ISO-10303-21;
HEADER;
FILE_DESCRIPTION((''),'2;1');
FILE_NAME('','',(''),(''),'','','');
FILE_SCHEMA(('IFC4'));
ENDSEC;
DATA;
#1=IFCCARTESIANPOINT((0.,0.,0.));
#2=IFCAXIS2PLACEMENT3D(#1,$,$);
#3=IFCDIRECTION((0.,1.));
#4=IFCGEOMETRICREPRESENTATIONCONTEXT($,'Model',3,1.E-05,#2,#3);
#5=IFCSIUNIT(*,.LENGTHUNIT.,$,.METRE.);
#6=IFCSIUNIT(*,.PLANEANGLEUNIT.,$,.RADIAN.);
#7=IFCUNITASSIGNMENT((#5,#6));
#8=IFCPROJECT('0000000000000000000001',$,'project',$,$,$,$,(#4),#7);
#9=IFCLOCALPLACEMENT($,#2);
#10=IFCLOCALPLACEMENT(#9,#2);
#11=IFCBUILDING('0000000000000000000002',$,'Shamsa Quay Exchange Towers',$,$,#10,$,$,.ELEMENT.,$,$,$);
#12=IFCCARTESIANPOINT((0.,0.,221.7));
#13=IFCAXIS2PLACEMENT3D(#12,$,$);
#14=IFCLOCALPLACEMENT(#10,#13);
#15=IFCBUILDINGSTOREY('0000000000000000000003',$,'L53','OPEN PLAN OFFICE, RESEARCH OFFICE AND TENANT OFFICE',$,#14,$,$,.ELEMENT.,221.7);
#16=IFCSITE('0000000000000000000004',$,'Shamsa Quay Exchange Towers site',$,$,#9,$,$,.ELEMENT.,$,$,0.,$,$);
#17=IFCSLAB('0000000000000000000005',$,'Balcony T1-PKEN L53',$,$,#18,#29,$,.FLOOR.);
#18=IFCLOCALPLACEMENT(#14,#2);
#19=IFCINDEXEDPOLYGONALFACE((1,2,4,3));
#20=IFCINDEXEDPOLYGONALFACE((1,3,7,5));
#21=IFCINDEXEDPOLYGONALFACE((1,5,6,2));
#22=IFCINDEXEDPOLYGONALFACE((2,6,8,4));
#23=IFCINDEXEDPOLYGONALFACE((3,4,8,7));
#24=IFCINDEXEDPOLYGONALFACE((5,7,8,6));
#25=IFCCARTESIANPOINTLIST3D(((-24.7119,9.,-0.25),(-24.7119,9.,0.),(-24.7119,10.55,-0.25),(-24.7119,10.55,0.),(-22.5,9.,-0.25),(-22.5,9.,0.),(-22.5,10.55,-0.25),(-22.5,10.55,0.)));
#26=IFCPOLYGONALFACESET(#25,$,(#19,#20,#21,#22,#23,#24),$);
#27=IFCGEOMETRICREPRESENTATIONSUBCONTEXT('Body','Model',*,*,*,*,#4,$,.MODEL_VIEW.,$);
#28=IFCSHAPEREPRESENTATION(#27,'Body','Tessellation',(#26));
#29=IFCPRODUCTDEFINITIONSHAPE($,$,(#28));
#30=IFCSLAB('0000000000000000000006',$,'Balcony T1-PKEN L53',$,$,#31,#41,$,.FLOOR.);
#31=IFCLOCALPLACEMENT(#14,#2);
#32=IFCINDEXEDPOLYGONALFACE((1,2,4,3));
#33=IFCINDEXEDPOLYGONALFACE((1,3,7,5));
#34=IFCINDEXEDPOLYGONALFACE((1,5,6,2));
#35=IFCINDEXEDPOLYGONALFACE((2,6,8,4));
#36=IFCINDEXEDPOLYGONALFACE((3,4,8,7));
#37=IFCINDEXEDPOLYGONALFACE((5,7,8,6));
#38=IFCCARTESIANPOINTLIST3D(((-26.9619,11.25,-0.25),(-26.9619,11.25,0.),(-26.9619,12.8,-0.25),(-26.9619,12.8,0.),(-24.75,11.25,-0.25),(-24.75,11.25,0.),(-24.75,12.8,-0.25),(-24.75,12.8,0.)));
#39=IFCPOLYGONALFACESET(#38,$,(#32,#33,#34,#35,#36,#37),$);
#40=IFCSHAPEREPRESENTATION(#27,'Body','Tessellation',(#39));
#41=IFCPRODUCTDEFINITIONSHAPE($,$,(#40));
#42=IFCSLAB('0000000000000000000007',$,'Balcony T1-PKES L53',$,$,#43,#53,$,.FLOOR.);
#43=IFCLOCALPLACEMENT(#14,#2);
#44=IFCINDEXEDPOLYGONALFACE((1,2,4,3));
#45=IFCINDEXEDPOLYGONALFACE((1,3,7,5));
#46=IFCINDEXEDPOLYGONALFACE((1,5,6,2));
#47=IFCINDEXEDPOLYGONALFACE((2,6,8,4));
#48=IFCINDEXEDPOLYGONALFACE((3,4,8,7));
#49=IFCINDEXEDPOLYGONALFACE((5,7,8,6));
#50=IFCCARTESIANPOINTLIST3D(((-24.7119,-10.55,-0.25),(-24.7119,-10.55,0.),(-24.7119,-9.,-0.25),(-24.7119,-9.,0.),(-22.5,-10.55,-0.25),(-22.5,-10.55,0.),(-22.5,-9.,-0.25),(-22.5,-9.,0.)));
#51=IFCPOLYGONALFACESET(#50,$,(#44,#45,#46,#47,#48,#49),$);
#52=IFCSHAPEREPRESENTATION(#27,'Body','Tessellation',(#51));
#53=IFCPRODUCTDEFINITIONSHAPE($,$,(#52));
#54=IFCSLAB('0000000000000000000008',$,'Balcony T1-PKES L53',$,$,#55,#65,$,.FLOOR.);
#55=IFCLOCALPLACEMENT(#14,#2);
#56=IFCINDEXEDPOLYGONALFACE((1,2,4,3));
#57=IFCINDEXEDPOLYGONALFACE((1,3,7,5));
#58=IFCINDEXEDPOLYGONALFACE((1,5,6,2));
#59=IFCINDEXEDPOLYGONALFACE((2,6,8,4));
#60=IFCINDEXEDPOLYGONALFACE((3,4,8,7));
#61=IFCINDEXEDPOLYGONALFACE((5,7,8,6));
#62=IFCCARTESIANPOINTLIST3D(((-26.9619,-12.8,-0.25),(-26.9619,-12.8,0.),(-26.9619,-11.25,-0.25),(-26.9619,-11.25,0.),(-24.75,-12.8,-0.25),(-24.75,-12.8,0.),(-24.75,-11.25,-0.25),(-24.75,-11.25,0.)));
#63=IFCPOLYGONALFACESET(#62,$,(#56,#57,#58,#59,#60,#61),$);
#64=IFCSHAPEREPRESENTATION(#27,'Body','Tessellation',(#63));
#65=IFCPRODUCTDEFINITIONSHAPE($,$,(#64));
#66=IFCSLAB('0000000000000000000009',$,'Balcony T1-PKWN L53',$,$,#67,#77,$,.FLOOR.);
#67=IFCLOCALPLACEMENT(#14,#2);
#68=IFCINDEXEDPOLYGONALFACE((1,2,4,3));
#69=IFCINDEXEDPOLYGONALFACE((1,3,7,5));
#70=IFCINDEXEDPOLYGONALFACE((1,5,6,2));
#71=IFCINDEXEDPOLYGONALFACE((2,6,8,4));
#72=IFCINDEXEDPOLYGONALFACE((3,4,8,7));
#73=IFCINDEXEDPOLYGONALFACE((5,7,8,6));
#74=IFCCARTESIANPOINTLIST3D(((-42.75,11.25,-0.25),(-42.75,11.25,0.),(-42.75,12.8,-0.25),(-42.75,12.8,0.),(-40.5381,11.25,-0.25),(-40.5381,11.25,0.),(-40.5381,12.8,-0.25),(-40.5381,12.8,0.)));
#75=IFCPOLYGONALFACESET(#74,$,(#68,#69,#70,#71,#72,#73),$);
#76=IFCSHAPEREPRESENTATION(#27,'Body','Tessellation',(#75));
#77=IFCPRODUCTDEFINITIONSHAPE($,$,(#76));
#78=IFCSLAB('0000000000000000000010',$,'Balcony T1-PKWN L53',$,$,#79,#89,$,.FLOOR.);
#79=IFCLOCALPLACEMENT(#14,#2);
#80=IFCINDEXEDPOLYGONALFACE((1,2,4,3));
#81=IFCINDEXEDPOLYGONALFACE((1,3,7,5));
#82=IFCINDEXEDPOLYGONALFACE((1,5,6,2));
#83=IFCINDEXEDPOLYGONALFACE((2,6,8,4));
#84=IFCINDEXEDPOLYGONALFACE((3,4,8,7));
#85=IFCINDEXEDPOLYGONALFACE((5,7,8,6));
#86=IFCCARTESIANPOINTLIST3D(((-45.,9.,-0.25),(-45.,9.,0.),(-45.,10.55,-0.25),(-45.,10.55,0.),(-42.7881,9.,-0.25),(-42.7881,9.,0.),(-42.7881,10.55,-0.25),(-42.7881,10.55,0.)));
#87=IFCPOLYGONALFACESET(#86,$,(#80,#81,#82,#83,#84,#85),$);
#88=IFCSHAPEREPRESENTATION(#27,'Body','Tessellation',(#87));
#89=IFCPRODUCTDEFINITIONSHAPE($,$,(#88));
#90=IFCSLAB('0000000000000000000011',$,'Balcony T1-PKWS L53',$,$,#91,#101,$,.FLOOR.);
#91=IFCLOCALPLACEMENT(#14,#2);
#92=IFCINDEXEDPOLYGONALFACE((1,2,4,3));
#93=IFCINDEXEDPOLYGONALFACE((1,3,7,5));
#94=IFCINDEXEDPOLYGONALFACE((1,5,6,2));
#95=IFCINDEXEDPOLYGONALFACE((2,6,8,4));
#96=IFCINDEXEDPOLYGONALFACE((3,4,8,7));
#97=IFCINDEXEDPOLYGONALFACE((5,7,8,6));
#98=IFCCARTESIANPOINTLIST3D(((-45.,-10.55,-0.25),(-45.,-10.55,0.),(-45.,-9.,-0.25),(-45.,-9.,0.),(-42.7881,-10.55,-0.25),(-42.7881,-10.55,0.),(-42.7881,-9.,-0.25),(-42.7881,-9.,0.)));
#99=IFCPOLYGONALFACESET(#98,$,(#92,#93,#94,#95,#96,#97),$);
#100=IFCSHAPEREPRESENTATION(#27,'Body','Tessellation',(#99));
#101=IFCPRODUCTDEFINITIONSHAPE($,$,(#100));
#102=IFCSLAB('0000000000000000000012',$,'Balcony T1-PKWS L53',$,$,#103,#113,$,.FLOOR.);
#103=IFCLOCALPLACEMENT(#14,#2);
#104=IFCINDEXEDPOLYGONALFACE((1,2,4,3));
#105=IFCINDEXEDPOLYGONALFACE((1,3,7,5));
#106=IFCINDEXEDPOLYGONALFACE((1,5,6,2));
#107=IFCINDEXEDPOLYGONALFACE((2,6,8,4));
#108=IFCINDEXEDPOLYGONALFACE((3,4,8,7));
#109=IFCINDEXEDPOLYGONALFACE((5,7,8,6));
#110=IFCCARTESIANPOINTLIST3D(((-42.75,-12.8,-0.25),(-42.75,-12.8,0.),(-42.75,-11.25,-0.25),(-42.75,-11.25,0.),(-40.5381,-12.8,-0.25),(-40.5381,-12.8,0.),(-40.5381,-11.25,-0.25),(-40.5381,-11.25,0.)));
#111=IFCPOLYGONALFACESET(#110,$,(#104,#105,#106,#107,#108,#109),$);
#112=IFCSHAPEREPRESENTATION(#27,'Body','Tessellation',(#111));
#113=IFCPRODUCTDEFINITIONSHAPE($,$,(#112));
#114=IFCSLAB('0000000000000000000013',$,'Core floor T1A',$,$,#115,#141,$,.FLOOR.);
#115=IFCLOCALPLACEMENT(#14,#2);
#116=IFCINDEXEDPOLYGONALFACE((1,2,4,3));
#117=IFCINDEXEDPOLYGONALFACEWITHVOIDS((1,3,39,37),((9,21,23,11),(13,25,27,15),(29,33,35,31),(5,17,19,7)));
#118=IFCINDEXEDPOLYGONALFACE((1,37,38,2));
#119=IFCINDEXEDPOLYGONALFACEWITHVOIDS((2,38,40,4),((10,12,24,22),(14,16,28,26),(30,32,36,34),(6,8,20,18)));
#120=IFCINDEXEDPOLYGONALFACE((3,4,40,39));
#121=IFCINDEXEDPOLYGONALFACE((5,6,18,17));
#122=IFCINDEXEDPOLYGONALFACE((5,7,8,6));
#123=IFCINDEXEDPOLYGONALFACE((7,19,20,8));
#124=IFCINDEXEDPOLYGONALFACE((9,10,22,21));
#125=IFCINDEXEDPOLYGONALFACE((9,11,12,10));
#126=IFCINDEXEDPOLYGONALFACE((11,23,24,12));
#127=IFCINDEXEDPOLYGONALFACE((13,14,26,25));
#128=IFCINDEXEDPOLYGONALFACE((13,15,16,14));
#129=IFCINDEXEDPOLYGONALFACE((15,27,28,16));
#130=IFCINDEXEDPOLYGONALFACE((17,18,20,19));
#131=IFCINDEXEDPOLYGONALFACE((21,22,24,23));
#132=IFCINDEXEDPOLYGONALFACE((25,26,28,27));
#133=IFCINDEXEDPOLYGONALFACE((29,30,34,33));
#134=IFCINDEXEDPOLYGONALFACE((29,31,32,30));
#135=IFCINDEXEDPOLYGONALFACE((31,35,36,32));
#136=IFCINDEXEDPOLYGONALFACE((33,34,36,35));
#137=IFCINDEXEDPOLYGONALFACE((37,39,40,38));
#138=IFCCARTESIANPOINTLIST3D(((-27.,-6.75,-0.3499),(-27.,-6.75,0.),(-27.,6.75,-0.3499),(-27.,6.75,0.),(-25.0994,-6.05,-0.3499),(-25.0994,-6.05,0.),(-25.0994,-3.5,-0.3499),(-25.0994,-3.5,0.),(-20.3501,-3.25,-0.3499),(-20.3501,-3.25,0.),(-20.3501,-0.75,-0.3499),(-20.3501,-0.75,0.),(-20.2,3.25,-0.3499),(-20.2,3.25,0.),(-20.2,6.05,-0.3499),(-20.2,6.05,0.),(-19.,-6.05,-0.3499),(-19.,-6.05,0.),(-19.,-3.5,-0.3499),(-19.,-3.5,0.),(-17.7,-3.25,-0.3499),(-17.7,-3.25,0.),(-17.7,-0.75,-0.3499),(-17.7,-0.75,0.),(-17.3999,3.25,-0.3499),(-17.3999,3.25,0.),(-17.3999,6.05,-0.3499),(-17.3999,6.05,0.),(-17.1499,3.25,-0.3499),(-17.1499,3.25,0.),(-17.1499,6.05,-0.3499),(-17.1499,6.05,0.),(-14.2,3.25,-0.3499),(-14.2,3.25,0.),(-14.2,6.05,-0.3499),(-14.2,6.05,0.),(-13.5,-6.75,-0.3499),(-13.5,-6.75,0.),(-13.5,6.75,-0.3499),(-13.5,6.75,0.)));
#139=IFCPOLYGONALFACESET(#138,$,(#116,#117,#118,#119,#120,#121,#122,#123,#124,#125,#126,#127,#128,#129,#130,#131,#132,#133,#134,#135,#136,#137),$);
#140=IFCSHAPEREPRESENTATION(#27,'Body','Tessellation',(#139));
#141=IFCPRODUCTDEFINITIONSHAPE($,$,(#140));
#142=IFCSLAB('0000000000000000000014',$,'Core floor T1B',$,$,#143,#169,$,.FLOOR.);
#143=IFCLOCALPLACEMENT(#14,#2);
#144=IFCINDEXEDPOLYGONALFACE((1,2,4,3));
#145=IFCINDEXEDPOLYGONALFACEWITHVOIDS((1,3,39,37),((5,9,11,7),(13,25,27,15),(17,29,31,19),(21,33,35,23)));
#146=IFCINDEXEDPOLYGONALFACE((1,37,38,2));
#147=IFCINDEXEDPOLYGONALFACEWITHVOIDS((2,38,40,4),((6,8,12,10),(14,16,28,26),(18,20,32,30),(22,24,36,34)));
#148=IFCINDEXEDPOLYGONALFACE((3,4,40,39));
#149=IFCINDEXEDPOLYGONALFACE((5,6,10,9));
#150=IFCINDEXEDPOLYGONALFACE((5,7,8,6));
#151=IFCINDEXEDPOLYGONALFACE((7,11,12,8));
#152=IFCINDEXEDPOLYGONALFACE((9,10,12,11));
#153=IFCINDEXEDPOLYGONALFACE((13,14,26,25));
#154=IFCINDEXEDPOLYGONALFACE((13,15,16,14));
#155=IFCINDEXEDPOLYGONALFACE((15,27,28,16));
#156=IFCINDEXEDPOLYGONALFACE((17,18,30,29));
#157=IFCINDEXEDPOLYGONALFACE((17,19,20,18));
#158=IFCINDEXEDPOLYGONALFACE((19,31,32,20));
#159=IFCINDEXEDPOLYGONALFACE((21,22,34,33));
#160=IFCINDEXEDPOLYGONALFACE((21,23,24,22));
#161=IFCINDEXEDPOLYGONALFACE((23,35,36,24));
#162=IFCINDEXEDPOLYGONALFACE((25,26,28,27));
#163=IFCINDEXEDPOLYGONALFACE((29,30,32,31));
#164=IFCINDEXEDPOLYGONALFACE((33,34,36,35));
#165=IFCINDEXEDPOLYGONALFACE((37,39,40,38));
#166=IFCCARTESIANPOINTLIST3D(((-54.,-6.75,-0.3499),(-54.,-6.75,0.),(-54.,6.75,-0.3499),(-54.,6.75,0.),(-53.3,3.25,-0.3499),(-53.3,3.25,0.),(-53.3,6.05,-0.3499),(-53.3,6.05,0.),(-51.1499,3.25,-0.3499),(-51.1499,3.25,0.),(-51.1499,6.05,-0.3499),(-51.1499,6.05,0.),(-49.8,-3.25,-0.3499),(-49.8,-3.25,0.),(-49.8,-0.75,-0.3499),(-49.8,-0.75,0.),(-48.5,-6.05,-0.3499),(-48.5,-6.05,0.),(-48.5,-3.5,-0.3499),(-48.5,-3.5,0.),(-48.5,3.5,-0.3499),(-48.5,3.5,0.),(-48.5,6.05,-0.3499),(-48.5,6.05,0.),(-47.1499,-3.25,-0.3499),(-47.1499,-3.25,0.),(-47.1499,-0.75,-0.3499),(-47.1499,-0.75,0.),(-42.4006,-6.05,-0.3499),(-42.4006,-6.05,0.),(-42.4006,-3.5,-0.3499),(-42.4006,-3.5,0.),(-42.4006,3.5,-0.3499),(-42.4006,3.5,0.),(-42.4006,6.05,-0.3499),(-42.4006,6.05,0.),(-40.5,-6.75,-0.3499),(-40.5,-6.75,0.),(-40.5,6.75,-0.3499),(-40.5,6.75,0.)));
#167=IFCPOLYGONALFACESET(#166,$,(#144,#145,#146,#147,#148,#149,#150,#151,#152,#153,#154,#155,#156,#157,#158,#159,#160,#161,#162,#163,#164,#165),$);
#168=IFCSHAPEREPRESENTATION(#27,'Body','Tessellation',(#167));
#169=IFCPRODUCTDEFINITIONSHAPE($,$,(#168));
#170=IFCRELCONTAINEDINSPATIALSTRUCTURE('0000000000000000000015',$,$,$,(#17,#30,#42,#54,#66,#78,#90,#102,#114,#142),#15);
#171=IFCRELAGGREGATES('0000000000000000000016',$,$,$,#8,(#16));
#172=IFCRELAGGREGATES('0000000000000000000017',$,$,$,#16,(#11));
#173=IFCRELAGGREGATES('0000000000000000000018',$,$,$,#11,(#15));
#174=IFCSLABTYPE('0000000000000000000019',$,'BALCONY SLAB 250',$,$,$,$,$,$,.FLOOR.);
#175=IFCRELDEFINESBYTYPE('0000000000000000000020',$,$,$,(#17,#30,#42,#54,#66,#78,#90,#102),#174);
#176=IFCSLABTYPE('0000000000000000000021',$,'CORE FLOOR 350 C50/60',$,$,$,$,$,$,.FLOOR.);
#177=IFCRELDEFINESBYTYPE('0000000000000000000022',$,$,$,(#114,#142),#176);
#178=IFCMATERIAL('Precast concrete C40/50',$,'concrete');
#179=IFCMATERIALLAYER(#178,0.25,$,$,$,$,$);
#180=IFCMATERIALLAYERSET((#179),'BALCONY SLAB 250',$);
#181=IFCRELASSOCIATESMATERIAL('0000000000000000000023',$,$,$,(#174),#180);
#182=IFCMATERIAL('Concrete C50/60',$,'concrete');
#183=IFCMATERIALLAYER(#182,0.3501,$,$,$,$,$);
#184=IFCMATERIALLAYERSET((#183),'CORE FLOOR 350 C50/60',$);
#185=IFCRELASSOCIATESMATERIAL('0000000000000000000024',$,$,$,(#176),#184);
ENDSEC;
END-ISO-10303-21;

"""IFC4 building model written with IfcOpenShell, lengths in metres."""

from ifc_helpers import new_model, si_unit, direction, frame, origin, place, context, subcontext, project, spatial, polyline, outline, extrude, material, layer, layer_set, type_object, element, save


model = new_model("IFC4")

# Units and contexts
model_context = context("Model", 3, precision=1e-05, world=origin(), true_north=direction((0.0, 1.0)))
body_context = subcontext(model_context, "Body", "Model", "MODEL_VIEW")
ifc_project = project(units=[si_unit("LENGTHUNIT", "METRE"), si_unit("PLANEANGLEUNIT", "RADIAN")], contexts=[model_context])

# Site, building, storey
site_placement = place(None, origin())
site = spatial("IfcSite", under=ifc_project, at=site_placement, Name="Shamsa Quay Exchange Towers site", CompositionType="ELEMENT", RefElevation=0.0)
building_placement = place(site_placement, origin())
building = spatial("IfcBuilding", under=site, at=building_placement, Name="Shamsa Quay Exchange Towers", CompositionType="ELEMENT")
storey_placement = place(building_placement, frame((0.0, 0.0, 221.7)))
storey = spatial("IfcBuildingStorey", under=building, at=storey_placement, Name="L53", Description="OPEN PLAN OFFICE, RESEARCH OFFICE AND TENANT OFFICE", CompositionType="ELEMENT", Elevation=221.7)

# Slabs
ifc_material_1 = material(Name="Precast concrete C40/50", Category="concrete")
ifc_layer_1 = layer(ifc_material_1, 0.25)
ifc_layer_set_1 = layer_set([ifc_layer_1], Name="BALCONY SLAB 250")
slab_type_1 = type_object("IfcSlabType", Name="BALCONY SLAB 250", PredefinedType="FLOOR", material=ifc_layer_set_1)
slab_1_placement = place(storey_placement, frame((0.0, 0.0, -0.25)))
element("IfcSlab", 1, at=slab_1_placement, inside=storey, type_object=slab_type_1, Name="Balcony T1-PKEN L53", PredefinedType="FLOOR", context=body_context, shape_type="SweptSolid", body=[
    extrude(outline(polyline([(-22.5, 9.0), (-24.7119, 9.0), (-24.7119, 10.55), (-22.5, 10.55), (-22.5, 9.0)])), origin(), (0.0, 0.0, 1.0), 0.25),
])
slab_2_placement = place(storey_placement, frame((0.0, 0.0, -0.25)))
element("IfcSlab", 2, at=slab_2_placement, inside=storey, type_object=slab_type_1, Name="Balcony T1-PKEN L53", PredefinedType="FLOOR", context=body_context, shape_type="SweptSolid", body=[
    extrude(outline(polyline([(-24.75, 11.25), (-26.9619, 11.25), (-26.9619, 12.8), (-24.75, 12.8), (-24.75, 11.25)])), origin(), (0.0, 0.0, 1.0), 0.25),
])
slab_3_placement = place(storey_placement, frame((0.0, 0.0, -0.25)))
element("IfcSlab", 3, at=slab_3_placement, inside=storey, type_object=slab_type_1, Name="Balcony T1-PKES L53", PredefinedType="FLOOR", context=body_context, shape_type="SweptSolid", body=[
    extrude(outline(polyline([(-24.7119, -9.0), (-22.5, -9.0), (-22.5, -10.55), (-24.7119, -10.55), (-24.7119, -9.0)])), origin(), (0.0, 0.0, 1.0), 0.25),
])
slab_4_placement = place(storey_placement, frame((0.0, 0.0, -0.25)))
element("IfcSlab", 4, at=slab_4_placement, inside=storey, type_object=slab_type_1, Name="Balcony T1-PKES L53", PredefinedType="FLOOR", context=body_context, shape_type="SweptSolid", body=[
    extrude(outline(polyline([(-26.9619, -11.25), (-24.75, -11.25), (-24.75, -12.8), (-26.9619, -12.8), (-26.9619, -11.25)])), origin(), (0.0, 0.0, 1.0), 0.25),
])
slab_5_placement = place(storey_placement, frame((0.0, 0.0, -0.25)))
element("IfcSlab", 5, at=slab_5_placement, inside=storey, type_object=slab_type_1, Name="Balcony T1-PKWN L53", PredefinedType="FLOOR", context=body_context, shape_type="SweptSolid", body=[
    extrude(outline(polyline([(-40.5381, 11.25), (-42.75, 11.25), (-42.75, 12.8), (-40.5381, 12.8), (-40.5381, 11.25)])), origin(), (0.0, 0.0, 1.0), 0.25),
])
slab_6_placement = place(storey_placement, frame((0.0, 0.0, -0.25)))
element("IfcSlab", 6, at=slab_6_placement, inside=storey, type_object=slab_type_1, Name="Balcony T1-PKWN L53", PredefinedType="FLOOR", context=body_context, shape_type="SweptSolid", body=[
    extrude(outline(polyline([(-42.7881, 9.0), (-45.0, 9.0), (-45.0, 10.55), (-42.7881, 10.55), (-42.7881, 9.0)])), origin(), (0.0, 0.0, 1.0), 0.25),
])
slab_7_placement = place(storey_placement, frame((0.0, 0.0, -0.25)))
element("IfcSlab", 7, at=slab_7_placement, inside=storey, type_object=slab_type_1, Name="Balcony T1-PKWS L53", PredefinedType="FLOOR", context=body_context, shape_type="SweptSolid", body=[
    extrude(outline(polyline([(-45.0, -9.0), (-42.7881, -9.0), (-42.7881, -10.55), (-45.0, -10.55), (-45.0, -9.0)])), origin(), (0.0, 0.0, 1.0), 0.25),
])
slab_8_placement = place(storey_placement, frame((0.0, 0.0, -0.25)))
element("IfcSlab", 8, at=slab_8_placement, inside=storey, type_object=slab_type_1, Name="Balcony T1-PKWS L53", PredefinedType="FLOOR", context=body_context, shape_type="SweptSolid", body=[
    extrude(outline(polyline([(-42.75, -11.25), (-40.5381, -11.25), (-40.5381, -12.8), (-42.75, -12.8), (-42.75, -11.25)])), origin(), (0.0, 0.0, 1.0), 0.25),
])
ifc_material_2 = material(Name="Concrete C50/60", Category="concrete")
ifc_layer_2 = layer(ifc_material_2, 0.3501)
ifc_layer_set_2 = layer_set([ifc_layer_2], Name="CORE FLOOR 350 C50/60")
slab_type_2 = type_object("IfcSlabType", Name="CORE FLOOR 350 C50/60", PredefinedType="FLOOR", material=ifc_layer_set_2)
slab_9_placement = place(storey_placement, frame((0.0, 0.0, -0.3499)))
element("IfcSlab", 9, at=slab_9_placement, inside=storey, type_object=slab_type_2, Name="Core floor T1A", PredefinedType="FLOOR", context=body_context, shape_type="SweptSolid", body=[
    extrude(outline(polyline([(-27.0, -6.75), (-13.5, -6.75), (-13.5, 6.75), (-27.0, 6.75), (-27.0, -6.75)]), holes=[polyline([(-25.0994, -6.05), (-25.0994, -3.5), (-19.0, -3.5), (-19.0, -6.05), (-25.0994, -6.05)]), polyline([(-20.2, 3.25), (-20.2, 6.05), (-17.3999, 6.05), (-17.3999, 3.25), (-20.2, 3.25)]), polyline([(-17.1499, 3.25), (-17.1499, 6.05), (-14.2, 6.05), (-14.2, 3.25), (-17.1499, 3.25)]), polyline([(-20.3501, -3.25), (-20.3501, -0.75), (-17.7, -0.75), (-17.7, -3.25), (-20.3501, -3.25)])]), origin(), (0.0, 0.0, 1.0), 0.3499),
])
slab_10_placement = place(storey_placement, frame((0.0, 0.0, -0.3499)))
element("IfcSlab", 10, at=slab_10_placement, inside=storey, type_object=slab_type_2, Name="Core floor T1B", PredefinedType="FLOOR", context=body_context, shape_type="SweptSolid", body=[
    extrude(outline(polyline([(-40.5, -6.75), (-40.5, 6.75), (-54.0, 6.75), (-54.0, -6.75), (-40.5, -6.75)]), holes=[polyline([(-42.4006, -3.5), (-42.4006, -6.05), (-48.5, -6.05), (-48.5, -3.5), (-42.4006, -3.5)]), polyline([(-42.4006, 6.05), (-42.4006, 3.5), (-48.5, 3.5), (-48.5, 6.05), (-42.4006, 6.05)]), polyline([(-51.1499, 3.25), (-53.3, 3.25), (-53.3, 6.05), (-51.1499, 6.05), (-51.1499, 3.25)]), polyline([(-47.1499, -3.25), (-49.8, -3.25), (-49.8, -0.75), (-47.1499, -0.75), (-47.1499, -3.25)])]), origin(), (0.0, 0.0, 1.0), 0.3499),
])

save(model, "model.ifc")
